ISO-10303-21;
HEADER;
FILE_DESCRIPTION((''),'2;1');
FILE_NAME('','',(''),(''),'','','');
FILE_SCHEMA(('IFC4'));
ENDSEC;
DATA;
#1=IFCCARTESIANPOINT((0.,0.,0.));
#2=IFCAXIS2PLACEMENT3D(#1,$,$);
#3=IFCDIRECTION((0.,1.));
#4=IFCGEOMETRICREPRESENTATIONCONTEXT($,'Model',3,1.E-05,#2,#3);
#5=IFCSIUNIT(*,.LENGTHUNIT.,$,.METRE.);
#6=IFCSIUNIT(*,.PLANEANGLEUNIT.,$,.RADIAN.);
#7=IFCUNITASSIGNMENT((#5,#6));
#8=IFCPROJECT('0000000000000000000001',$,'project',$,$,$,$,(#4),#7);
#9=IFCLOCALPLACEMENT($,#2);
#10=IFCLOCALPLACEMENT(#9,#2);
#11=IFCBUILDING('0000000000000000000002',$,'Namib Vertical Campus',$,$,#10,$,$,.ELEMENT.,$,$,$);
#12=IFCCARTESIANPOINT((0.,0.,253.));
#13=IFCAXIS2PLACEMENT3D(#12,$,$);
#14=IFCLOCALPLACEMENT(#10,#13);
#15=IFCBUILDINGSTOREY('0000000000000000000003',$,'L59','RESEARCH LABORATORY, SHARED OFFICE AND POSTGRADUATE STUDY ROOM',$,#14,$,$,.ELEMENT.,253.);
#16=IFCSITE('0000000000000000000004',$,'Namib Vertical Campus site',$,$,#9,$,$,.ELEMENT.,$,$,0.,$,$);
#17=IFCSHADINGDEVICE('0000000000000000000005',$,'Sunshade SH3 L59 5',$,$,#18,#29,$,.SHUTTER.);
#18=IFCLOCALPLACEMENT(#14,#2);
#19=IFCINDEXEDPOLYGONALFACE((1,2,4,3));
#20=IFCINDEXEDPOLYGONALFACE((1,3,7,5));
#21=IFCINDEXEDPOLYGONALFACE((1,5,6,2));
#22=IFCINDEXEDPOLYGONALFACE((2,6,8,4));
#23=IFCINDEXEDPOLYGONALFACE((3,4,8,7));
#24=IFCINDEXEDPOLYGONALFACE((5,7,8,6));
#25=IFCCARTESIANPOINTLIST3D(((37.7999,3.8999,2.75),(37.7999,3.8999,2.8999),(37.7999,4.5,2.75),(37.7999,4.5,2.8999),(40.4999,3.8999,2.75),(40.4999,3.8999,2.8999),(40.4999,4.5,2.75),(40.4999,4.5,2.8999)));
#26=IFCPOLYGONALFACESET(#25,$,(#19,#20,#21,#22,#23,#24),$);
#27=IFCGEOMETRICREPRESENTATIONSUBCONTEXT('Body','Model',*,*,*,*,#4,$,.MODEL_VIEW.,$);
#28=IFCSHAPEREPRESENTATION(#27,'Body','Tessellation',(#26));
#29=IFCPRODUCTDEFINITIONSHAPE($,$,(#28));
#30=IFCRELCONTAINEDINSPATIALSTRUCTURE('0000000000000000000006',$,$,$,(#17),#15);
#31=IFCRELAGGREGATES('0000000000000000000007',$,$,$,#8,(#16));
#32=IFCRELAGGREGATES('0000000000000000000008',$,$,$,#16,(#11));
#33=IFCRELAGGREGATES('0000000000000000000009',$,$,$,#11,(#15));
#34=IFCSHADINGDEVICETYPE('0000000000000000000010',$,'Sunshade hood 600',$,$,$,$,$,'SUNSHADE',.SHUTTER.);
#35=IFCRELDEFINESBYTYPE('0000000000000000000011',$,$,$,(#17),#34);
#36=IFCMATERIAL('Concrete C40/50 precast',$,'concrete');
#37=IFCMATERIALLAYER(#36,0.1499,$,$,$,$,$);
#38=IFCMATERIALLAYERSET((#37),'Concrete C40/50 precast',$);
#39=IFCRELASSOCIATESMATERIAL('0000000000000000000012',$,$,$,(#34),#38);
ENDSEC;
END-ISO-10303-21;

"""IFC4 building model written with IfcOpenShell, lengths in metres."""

from ifc_helpers import new_model, si_unit, direction, frame, origin, origin_2d, place, context, subcontext, project, spatial, rectangle, extrude, material, layer, layer_set, type_object, element, save


model = new_model("IFC4")

# Units and contexts
model_context = context("Model", 3, precision=1e-05, world=origin(), true_north=direction((0.0, 1.0)))
body_context = subcontext(model_context, "Body", "Model", "MODEL_VIEW")
ifc_project = project(units=[si_unit("LENGTHUNIT", "METRE"), si_unit("PLANEANGLEUNIT", "RADIAN")], contexts=[model_context])

# Site, building, storey
site_placement = place(None, origin())
site = spatial("IfcSite", under=ifc_project, at=site_placement, Name="Namib Vertical Campus site", CompositionType="ELEMENT", RefElevation=0.0)
building_placement = place(site_placement, origin())
building = spatial("IfcBuilding", under=site, at=building_placement, Name="Namib Vertical Campus", CompositionType="ELEMENT")
storey_placement = place(building_placement, frame((0.0, 0.0, 253.0)))
storey = spatial("IfcBuildingStorey", under=building, at=storey_placement, Name="L59", Description="RESEARCH LABORATORY, SHARED OFFICE AND POSTGRADUATE STUDY ROOM", CompositionType="ELEMENT", Elevation=253.0)

# Shading device
ifc_material_1 = material(Name="Concrete C40/50 precast", Category="concrete")
ifc_layer_1 = layer(ifc_material_1, 0.1499)
ifc_layer_set_1 = layer_set([ifc_layer_1], Name="Concrete C40/50 precast")
shading_device_type = type_object("IfcShadingDeviceType", Name="Sunshade hood 600", ElementType="SUNSHADE", PredefinedType="SHUTTER", material=ifc_layer_set_1)
for number, where, z_axis, x_axis, name in (
    (1, (39.1499, 4.2, 2.75), (0.0, 0.0, 1.0), (1.0, 0.0, 0.0), "Sunshade SH3 L59 5"),
):
    element("IfcShadingDevice", number, at=place(storey_placement, frame(where, z_axis=z_axis, x_axis=x_axis)), inside=storey, type_object=shading_device_type, Name=name, PredefinedType="SHUTTER", context=body_context, shape_type="SweptSolid", body=[
        extrude(rectangle(XDim=2.7, YDim=0.6001, at=origin_2d()), origin(), (0.0, 0.0, 1.0), 0.1499),
    ])

save(model, "model.ifc")
